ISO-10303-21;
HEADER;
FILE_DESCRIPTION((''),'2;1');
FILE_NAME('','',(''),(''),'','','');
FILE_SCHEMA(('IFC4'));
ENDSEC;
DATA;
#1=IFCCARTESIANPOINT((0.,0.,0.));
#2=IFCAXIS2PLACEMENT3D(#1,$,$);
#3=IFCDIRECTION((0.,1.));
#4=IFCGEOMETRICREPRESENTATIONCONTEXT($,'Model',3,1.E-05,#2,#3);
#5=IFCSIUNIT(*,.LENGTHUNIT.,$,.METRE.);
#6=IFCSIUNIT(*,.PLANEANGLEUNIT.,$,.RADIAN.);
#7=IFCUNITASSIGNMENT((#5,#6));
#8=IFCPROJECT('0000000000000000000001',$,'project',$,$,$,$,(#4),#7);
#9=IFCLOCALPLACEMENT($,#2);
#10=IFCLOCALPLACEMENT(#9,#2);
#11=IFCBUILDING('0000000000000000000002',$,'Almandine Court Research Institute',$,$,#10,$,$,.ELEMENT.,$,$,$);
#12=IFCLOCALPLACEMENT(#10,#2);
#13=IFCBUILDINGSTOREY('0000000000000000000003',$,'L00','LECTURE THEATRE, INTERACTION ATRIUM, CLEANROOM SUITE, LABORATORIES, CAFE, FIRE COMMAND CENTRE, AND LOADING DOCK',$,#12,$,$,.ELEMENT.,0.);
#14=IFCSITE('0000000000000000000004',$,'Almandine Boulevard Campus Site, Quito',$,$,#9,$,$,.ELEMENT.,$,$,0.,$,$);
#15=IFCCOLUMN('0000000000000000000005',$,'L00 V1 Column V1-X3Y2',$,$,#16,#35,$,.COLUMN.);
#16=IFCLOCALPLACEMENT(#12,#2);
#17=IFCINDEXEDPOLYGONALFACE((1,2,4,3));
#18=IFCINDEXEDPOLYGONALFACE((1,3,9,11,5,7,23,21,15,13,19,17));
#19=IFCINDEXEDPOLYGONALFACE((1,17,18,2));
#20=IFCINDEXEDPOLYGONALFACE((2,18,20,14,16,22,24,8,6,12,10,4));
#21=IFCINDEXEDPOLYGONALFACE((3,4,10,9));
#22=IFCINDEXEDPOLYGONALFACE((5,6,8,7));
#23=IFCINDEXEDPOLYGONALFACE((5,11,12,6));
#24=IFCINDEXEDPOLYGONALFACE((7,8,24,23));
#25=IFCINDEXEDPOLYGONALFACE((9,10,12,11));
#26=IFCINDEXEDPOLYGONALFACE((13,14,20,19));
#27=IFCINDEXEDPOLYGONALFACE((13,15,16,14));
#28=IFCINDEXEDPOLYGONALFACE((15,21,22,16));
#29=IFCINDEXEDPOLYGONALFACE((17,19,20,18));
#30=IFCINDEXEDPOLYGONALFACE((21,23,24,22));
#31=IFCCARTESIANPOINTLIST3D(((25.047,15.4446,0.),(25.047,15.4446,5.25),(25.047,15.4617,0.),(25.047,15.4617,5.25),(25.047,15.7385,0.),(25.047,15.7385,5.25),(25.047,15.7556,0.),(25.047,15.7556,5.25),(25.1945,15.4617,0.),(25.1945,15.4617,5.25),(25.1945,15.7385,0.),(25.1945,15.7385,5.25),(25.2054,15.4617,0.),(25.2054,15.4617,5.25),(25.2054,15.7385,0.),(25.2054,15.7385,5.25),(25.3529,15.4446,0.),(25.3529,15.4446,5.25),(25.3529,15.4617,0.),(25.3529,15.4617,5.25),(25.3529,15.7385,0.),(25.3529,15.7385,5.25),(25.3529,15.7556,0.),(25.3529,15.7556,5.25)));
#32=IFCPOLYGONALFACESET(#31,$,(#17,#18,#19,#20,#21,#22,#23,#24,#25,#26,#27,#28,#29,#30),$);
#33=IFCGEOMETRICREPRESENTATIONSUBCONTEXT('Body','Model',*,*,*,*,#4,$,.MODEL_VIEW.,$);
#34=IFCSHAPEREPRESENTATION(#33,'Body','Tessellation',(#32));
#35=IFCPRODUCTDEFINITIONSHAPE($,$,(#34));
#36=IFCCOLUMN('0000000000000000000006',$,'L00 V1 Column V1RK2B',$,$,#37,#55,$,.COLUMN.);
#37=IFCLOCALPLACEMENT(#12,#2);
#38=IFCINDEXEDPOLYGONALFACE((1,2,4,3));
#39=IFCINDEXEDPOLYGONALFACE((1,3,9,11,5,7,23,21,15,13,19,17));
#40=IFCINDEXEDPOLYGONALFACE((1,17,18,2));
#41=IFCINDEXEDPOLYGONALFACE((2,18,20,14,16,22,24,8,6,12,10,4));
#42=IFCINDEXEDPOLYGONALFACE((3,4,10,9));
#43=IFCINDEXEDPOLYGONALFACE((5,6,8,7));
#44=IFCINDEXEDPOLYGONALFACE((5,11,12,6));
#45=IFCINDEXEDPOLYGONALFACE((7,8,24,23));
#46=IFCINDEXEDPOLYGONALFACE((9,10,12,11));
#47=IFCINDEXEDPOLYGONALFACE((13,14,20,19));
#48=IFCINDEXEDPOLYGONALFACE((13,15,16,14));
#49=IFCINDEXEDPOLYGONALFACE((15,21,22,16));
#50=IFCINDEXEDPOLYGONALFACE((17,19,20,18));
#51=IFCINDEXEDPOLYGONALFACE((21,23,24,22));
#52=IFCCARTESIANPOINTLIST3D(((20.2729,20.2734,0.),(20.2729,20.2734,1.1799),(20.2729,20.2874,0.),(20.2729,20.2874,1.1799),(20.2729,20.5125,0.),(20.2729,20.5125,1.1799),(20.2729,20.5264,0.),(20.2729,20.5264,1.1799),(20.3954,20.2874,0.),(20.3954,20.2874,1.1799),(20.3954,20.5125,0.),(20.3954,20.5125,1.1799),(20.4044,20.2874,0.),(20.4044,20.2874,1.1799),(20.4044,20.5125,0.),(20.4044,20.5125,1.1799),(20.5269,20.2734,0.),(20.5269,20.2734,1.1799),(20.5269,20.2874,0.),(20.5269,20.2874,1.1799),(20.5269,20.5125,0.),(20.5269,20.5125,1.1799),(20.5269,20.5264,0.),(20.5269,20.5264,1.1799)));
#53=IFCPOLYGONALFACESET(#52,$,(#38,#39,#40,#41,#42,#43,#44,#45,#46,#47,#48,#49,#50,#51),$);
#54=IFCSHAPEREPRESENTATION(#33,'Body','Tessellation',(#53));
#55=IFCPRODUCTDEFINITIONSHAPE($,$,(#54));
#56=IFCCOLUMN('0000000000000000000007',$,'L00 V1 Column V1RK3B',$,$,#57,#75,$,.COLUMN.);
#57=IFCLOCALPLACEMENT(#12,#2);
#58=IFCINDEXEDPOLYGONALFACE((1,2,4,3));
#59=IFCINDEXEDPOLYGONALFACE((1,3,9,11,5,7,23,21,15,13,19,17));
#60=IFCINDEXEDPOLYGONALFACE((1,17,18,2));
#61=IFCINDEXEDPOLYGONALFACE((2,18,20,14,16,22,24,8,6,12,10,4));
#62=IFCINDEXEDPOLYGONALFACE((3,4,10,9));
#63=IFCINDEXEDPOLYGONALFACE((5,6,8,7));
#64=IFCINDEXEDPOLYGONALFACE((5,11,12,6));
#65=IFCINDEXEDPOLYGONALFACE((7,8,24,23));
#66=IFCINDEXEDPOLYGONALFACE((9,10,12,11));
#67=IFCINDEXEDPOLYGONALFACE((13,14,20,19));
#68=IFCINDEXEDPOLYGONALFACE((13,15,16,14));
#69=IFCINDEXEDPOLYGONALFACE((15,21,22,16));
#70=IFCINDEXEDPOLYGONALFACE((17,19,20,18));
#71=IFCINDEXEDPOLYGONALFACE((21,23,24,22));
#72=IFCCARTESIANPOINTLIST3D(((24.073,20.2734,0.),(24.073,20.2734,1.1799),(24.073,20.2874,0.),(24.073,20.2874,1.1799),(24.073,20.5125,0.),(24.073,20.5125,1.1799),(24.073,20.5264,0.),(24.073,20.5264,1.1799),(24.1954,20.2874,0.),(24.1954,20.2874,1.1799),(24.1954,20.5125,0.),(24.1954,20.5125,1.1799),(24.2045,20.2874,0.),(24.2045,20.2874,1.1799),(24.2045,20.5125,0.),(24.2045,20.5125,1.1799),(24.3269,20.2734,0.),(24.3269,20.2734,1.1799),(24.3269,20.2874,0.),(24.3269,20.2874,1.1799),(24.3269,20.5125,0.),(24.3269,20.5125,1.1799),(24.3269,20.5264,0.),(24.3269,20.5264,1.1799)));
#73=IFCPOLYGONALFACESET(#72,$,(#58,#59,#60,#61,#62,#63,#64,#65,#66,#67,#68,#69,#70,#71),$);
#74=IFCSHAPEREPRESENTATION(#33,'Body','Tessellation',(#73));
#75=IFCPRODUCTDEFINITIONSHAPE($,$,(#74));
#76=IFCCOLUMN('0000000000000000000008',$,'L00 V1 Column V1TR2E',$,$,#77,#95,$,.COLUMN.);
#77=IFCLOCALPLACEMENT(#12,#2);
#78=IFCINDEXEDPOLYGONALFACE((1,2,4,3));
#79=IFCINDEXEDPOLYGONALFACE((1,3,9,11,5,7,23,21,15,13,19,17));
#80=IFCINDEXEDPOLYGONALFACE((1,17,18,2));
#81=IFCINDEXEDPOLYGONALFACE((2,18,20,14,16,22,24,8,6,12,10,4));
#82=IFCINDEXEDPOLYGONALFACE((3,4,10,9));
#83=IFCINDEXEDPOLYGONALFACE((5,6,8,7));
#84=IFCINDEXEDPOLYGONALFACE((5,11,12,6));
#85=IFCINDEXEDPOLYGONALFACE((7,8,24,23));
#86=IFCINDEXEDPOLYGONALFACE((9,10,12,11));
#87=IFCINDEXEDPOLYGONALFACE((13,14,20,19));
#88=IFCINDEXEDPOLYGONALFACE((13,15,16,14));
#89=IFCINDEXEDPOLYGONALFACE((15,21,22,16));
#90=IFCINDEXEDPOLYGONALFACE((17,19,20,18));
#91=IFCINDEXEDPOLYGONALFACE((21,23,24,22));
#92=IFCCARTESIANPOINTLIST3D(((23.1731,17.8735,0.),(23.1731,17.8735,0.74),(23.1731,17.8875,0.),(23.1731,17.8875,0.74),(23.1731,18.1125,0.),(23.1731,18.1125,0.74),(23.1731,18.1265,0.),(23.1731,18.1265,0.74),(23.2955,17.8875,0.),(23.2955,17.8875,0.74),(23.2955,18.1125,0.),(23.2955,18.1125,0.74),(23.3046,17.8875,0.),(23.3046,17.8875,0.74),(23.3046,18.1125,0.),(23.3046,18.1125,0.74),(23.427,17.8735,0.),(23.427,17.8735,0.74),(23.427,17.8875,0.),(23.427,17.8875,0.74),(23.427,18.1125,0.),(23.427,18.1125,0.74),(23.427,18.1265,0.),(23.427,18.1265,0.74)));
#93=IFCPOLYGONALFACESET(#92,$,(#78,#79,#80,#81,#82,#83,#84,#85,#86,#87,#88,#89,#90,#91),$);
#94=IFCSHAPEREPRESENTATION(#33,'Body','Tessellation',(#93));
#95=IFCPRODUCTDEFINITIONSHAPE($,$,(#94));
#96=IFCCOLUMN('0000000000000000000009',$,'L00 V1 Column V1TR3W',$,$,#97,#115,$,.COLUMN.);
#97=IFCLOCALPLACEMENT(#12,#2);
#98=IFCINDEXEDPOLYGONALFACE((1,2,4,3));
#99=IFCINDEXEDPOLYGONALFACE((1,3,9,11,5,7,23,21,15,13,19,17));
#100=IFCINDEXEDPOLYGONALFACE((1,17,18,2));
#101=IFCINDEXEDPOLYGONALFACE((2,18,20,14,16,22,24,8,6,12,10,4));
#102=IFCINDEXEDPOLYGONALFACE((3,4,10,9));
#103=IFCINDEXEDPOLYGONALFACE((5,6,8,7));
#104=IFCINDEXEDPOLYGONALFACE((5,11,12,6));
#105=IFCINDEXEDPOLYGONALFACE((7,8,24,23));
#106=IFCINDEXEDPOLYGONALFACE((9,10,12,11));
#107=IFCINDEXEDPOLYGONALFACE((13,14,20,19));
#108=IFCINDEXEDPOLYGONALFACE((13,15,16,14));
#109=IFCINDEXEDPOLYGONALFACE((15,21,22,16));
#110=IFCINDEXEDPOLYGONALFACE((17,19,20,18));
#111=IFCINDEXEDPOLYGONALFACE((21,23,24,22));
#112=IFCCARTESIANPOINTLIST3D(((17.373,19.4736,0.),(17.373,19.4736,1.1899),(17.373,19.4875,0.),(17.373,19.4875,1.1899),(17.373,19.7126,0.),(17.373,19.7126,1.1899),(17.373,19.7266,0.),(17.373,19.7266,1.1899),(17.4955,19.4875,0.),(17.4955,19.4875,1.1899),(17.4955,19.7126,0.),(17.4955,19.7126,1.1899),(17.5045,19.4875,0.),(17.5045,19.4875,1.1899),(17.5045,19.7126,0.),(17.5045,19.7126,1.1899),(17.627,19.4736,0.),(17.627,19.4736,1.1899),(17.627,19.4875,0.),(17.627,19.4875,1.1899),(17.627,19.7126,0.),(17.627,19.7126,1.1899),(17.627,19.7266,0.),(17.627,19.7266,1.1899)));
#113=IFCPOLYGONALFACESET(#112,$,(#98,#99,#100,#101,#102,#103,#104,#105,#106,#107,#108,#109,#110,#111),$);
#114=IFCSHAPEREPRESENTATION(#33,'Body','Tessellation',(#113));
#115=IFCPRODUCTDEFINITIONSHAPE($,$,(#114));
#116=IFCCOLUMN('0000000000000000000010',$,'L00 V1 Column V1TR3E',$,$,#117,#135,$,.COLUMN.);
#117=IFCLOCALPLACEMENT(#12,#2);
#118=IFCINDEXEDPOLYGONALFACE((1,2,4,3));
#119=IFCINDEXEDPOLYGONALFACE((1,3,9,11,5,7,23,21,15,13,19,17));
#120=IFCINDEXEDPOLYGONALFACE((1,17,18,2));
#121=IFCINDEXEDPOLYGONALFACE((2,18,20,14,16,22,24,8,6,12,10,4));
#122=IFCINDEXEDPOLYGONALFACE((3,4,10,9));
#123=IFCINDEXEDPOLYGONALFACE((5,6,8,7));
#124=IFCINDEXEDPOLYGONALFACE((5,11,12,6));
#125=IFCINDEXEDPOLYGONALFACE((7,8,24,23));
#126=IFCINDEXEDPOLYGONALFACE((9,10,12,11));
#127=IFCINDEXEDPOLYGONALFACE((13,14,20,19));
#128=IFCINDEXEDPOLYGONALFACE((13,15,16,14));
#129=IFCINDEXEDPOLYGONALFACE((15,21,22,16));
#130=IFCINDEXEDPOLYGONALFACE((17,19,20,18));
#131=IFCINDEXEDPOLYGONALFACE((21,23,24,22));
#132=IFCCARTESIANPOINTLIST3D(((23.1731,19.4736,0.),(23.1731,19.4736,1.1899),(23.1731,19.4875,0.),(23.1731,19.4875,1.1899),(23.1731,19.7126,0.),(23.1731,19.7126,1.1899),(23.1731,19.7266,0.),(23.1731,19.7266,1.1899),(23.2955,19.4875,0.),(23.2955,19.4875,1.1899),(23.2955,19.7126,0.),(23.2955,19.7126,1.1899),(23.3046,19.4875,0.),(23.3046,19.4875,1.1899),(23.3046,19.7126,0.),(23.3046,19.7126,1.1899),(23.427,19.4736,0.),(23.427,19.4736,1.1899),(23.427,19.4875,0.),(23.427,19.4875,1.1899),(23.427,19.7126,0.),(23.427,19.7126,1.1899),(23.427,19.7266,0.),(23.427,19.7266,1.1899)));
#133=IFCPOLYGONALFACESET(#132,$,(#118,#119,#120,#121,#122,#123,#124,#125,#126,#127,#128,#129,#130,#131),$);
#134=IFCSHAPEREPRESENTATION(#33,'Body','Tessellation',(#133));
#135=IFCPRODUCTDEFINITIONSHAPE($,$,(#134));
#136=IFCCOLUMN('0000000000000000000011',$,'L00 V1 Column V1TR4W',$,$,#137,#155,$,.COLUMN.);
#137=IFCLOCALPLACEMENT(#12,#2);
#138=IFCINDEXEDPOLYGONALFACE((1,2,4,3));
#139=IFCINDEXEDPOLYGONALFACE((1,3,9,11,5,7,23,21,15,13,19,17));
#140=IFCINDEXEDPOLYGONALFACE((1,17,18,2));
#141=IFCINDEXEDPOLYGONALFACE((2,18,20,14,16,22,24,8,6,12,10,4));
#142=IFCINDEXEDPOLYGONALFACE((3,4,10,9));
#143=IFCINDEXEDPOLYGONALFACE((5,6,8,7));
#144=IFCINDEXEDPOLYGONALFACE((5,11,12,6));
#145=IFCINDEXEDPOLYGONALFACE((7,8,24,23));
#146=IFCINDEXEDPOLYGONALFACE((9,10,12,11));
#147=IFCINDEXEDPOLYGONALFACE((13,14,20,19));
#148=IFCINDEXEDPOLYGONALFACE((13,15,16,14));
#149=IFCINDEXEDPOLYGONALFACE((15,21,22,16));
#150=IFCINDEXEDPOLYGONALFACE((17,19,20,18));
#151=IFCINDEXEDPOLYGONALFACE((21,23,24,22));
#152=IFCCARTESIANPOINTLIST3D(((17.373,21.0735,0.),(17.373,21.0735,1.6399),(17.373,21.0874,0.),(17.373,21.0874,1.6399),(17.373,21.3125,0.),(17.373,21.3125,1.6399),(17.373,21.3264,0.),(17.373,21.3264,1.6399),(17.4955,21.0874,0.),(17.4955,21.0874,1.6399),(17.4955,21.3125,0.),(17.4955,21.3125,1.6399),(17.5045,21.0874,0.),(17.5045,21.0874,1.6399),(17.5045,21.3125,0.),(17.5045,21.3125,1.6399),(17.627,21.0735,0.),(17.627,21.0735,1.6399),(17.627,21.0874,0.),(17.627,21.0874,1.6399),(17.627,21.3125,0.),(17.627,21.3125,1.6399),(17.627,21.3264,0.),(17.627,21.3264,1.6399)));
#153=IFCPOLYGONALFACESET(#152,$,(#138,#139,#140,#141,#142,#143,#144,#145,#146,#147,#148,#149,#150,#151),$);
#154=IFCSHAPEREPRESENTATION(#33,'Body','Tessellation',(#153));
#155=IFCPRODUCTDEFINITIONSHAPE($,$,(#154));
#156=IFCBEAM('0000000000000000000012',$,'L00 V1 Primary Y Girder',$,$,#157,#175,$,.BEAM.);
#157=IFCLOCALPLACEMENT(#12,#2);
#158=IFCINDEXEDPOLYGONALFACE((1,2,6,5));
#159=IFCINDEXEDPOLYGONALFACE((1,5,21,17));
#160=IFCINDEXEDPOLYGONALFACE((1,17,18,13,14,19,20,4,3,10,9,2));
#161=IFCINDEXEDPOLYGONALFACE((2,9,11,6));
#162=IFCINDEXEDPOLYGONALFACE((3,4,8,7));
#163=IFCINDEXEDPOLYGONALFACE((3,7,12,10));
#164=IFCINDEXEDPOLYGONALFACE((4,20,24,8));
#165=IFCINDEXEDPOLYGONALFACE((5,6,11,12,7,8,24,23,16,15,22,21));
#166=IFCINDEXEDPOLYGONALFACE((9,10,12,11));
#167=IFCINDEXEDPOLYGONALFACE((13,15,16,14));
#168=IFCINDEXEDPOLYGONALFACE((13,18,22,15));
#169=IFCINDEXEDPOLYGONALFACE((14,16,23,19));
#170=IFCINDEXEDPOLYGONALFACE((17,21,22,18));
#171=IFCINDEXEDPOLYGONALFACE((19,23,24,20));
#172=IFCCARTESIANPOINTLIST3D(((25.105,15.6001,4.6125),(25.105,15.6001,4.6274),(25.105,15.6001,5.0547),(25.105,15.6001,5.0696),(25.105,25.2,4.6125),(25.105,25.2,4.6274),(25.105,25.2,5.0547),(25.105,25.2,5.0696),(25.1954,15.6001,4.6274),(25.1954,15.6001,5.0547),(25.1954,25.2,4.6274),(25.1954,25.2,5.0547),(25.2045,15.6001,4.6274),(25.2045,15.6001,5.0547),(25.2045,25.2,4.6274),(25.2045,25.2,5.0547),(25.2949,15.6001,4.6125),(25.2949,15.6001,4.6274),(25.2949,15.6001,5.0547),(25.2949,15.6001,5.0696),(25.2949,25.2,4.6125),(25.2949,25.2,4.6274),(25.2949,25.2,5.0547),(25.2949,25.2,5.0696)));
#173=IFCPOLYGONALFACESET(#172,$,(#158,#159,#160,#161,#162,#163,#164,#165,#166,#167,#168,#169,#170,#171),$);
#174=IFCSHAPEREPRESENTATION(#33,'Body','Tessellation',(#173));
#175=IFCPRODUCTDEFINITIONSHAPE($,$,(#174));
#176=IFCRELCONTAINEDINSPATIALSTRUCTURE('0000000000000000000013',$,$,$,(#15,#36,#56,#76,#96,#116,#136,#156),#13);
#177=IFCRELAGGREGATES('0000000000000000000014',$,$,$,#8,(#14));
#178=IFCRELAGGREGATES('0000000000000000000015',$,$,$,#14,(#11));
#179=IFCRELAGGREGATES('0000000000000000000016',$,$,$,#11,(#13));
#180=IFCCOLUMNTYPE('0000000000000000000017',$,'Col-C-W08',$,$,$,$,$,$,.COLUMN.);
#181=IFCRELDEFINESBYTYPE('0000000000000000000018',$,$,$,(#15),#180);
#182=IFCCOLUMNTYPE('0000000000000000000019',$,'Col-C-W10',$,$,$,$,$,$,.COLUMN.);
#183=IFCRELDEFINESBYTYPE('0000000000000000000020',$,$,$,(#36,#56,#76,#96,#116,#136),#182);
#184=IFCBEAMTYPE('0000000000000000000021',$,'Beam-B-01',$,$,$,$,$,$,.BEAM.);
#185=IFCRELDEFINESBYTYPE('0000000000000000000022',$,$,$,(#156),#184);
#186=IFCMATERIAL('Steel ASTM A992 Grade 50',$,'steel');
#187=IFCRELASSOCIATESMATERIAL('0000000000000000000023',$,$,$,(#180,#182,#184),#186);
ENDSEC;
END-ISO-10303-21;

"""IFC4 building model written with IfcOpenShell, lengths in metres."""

from ifc_helpers import new_model, si_unit, direction, frame, origin, origin_2d, place, context, subcontext, project, spatial, i_section, extrude, material, material_profile, profile_set, type_object, element, save


model = new_model("IFC4")

# Units and contexts
model_context = context("Model", 3, precision=1e-05, world=origin(), true_north=direction((0.0, 1.0)))
body_context = subcontext(model_context, "Body", "Model", "MODEL_VIEW")
ifc_project = project(units=[si_unit("LENGTHUNIT", "METRE"), si_unit("PLANEANGLEUNIT", "RADIAN")], contexts=[model_context])

# Site, building, storey
site_placement = place(None, origin())
site = spatial("IfcSite", under=ifc_project, at=site_placement, Name="Almandine Boulevard Campus Site, Quito", CompositionType="ELEMENT", RefElevation=0.0)
building_placement = place(site_placement, origin())
building = spatial("IfcBuilding", under=site, at=building_placement, Name="Almandine Court Research Institute", CompositionType="ELEMENT")
storey_placement = place(building_placement, origin())
storey = spatial("IfcBuildingStorey", under=building, at=storey_placement, Name="L00", Description="LECTURE THEATRE, INTERACTION ATRIUM, CLEANROOM SUITE, LABORATORIES, CAFE, FIRE COMMAND CENTRE, AND LOADING DOCK", CompositionType="ELEMENT", Elevation=0.0)

# Columns
ifc_material_1 = material(Name="Steel ASTM A992 Grade 50", Category="steel")
ifc_material_profile_1 = material_profile(ifc_material_1, i_section(OverallWidth=0.3059, OverallDepth=0.311, WebThickness=0.011, FlangeThickness=0.0171, at=origin_2d()), Name="W310x107")
ifc_profile_set_1 = profile_set([ifc_material_profile_1], Name="Steel ASTM A992 Grade 50")
column_type_1 = type_object("IfcColumnType", Name="Col-C-W08", PredefinedType="COLUMN", material=ifc_profile_set_1)
column_1_placement = place(storey_placement, frame((25.2, 15.6001, 0.0), z_axis=(0.0, 0.0, 1.0), x_axis=(1.0, 0.0, 0.0)))
element("IfcColumn", 1, at=column_1_placement, inside=storey, type_object=column_type_1, Name="L00 V1 Column V1-X3Y2", PredefinedType="COLUMN", context=body_context, shape_type="SweptSolid", body=[
    extrude(i_section(OverallWidth=0.3059, OverallDepth=0.311, WebThickness=0.011, FlangeThickness=0.0171, at=origin_2d()), origin(), (0.0, 0.0, 1.0), 5.25),
])
ifc_material_profile_2 = material_profile(ifc_material_1, i_section(OverallWidth=0.2539, OverallDepth=0.2529, WebThickness=0.009, FlangeThickness=0.0139, at=origin_2d()), Name="W250x73")
ifc_profile_set_2 = profile_set([ifc_material_profile_2], Name="Steel ASTM A992 Grade 50")
column_type_2 = type_object("IfcColumnType", Name="Col-C-W10", PredefinedType="COLUMN", material=ifc_profile_set_2)
for number, where, z_axis, x_axis, name in (
    (2, (20.3999, 20.3999, 0.0), (0.0, 0.0, 1.0), (1.0, 0.0, 0.0), "L00 V1 Column V1RK2B"),
    (3, (24.2, 20.3999, 0.0), (0.0, 0.0, 1.0), (1.0, 0.0, 0.0), "L00 V1 Column V1RK3B"),
):
    element("IfcColumn", number, at=place(storey_placement, frame(where, z_axis=z_axis, x_axis=x_axis)), inside=storey, type_object=column_type_2, Name=name, PredefinedType="COLUMN", context=body_context, shape_type="SweptSolid", body=[
        extrude(i_section(OverallWidth=0.2539, OverallDepth=0.2529, WebThickness=0.009, FlangeThickness=0.0139, at=origin_2d()), origin(), (0.0, 0.0, 1.0), 1.1799),
    ])
column_2_placement = place(storey_placement, frame((23.3, 18.0, 0.0), z_axis=(0.0, 0.0, 1.0), x_axis=(1.0, 0.0, 0.0)))
element("IfcColumn", 4, at=column_2_placement, inside=storey, type_object=column_type_2, Name="L00 V1 Column V1TR2E", PredefinedType="COLUMN", context=body_context, shape_type="SweptSolid", body=[
    extrude(i_section(OverallWidth=0.2539, OverallDepth=0.2529, WebThickness=0.009, FlangeThickness=0.0139, at=origin_2d()), origin(), (0.0, 0.0, 1.0), 0.74),
])
for number, where, z_axis, x_axis, name in (
    (5, (17.5, 19.6001, 0.0), (0.0, 0.0, 1.0), (1.0, 0.0, 0.0), "L00 V1 Column V1TR3W"),
    (6, (23.3, 19.6001, 0.0), (0.0, 0.0, 1.0), (1.0, 0.0, 0.0), "L00 V1 Column V1TR3E"),
):
    element("IfcColumn", number, at=place(storey_placement, frame(where, z_axis=z_axis, x_axis=x_axis)), inside=storey, type_object=column_type_2, Name=name, PredefinedType="COLUMN", context=body_context, shape_type="SweptSolid", body=[
        extrude(i_section(OverallWidth=0.2539, OverallDepth=0.2529, WebThickness=0.009, FlangeThickness=0.0139, at=origin_2d()), origin(), (0.0, 0.0, 1.0), 1.1899),
    ])
column_3_placement = place(storey_placement, frame((17.5, 21.2, 0.0), z_axis=(0.0, 0.0, 1.0), x_axis=(1.0, 0.0, 0.0)))
element("IfcColumn", 7, at=column_3_placement, inside=storey, type_object=column_type_2, Name="L00 V1 Column V1TR4W", PredefinedType="COLUMN", context=body_context, shape_type="SweptSolid", body=[
    extrude(i_section(OverallWidth=0.2539, OverallDepth=0.2529, WebThickness=0.009, FlangeThickness=0.0139, at=origin_2d()), origin(), (0.0, 0.0, 1.0), 1.6399),
])

# Beam
ifc_material_profile_3 = material_profile(ifc_material_1, i_section(OverallWidth=0.1899, OverallDepth=0.457, WebThickness=0.009, FlangeThickness=0.0149, at=origin_2d()), Name="W460x74")
ifc_profile_set_3 = profile_set([ifc_material_profile_3], Name="Steel ASTM A992 Grade 50")
beam_type_1 = type_object("IfcBeamType", Name="Beam-B-01", PredefinedType="BEAM", material=ifc_profile_set_3)
beam_1_placement = place(storey_placement, frame((25.2, 15.6001, 4.8411), z_axis=(0.0, 1.0, 0.0), x_axis=(-1.0, 0.0, 0.0)))
element("IfcBeam", 8, at=beam_1_placement, inside=storey, type_object=beam_type_1, Name="L00 V1 Primary Y Girder", PredefinedType="BEAM", context=body_context, shape_type="SweptSolid", body=[
    extrude(i_section(OverallWidth=0.1899, OverallDepth=0.457, WebThickness=0.009, FlangeThickness=0.0149, at=origin_2d()), origin(), (0.0, 0.0, 1.0), 9.5999),
])

save(model, "model.ifc")
